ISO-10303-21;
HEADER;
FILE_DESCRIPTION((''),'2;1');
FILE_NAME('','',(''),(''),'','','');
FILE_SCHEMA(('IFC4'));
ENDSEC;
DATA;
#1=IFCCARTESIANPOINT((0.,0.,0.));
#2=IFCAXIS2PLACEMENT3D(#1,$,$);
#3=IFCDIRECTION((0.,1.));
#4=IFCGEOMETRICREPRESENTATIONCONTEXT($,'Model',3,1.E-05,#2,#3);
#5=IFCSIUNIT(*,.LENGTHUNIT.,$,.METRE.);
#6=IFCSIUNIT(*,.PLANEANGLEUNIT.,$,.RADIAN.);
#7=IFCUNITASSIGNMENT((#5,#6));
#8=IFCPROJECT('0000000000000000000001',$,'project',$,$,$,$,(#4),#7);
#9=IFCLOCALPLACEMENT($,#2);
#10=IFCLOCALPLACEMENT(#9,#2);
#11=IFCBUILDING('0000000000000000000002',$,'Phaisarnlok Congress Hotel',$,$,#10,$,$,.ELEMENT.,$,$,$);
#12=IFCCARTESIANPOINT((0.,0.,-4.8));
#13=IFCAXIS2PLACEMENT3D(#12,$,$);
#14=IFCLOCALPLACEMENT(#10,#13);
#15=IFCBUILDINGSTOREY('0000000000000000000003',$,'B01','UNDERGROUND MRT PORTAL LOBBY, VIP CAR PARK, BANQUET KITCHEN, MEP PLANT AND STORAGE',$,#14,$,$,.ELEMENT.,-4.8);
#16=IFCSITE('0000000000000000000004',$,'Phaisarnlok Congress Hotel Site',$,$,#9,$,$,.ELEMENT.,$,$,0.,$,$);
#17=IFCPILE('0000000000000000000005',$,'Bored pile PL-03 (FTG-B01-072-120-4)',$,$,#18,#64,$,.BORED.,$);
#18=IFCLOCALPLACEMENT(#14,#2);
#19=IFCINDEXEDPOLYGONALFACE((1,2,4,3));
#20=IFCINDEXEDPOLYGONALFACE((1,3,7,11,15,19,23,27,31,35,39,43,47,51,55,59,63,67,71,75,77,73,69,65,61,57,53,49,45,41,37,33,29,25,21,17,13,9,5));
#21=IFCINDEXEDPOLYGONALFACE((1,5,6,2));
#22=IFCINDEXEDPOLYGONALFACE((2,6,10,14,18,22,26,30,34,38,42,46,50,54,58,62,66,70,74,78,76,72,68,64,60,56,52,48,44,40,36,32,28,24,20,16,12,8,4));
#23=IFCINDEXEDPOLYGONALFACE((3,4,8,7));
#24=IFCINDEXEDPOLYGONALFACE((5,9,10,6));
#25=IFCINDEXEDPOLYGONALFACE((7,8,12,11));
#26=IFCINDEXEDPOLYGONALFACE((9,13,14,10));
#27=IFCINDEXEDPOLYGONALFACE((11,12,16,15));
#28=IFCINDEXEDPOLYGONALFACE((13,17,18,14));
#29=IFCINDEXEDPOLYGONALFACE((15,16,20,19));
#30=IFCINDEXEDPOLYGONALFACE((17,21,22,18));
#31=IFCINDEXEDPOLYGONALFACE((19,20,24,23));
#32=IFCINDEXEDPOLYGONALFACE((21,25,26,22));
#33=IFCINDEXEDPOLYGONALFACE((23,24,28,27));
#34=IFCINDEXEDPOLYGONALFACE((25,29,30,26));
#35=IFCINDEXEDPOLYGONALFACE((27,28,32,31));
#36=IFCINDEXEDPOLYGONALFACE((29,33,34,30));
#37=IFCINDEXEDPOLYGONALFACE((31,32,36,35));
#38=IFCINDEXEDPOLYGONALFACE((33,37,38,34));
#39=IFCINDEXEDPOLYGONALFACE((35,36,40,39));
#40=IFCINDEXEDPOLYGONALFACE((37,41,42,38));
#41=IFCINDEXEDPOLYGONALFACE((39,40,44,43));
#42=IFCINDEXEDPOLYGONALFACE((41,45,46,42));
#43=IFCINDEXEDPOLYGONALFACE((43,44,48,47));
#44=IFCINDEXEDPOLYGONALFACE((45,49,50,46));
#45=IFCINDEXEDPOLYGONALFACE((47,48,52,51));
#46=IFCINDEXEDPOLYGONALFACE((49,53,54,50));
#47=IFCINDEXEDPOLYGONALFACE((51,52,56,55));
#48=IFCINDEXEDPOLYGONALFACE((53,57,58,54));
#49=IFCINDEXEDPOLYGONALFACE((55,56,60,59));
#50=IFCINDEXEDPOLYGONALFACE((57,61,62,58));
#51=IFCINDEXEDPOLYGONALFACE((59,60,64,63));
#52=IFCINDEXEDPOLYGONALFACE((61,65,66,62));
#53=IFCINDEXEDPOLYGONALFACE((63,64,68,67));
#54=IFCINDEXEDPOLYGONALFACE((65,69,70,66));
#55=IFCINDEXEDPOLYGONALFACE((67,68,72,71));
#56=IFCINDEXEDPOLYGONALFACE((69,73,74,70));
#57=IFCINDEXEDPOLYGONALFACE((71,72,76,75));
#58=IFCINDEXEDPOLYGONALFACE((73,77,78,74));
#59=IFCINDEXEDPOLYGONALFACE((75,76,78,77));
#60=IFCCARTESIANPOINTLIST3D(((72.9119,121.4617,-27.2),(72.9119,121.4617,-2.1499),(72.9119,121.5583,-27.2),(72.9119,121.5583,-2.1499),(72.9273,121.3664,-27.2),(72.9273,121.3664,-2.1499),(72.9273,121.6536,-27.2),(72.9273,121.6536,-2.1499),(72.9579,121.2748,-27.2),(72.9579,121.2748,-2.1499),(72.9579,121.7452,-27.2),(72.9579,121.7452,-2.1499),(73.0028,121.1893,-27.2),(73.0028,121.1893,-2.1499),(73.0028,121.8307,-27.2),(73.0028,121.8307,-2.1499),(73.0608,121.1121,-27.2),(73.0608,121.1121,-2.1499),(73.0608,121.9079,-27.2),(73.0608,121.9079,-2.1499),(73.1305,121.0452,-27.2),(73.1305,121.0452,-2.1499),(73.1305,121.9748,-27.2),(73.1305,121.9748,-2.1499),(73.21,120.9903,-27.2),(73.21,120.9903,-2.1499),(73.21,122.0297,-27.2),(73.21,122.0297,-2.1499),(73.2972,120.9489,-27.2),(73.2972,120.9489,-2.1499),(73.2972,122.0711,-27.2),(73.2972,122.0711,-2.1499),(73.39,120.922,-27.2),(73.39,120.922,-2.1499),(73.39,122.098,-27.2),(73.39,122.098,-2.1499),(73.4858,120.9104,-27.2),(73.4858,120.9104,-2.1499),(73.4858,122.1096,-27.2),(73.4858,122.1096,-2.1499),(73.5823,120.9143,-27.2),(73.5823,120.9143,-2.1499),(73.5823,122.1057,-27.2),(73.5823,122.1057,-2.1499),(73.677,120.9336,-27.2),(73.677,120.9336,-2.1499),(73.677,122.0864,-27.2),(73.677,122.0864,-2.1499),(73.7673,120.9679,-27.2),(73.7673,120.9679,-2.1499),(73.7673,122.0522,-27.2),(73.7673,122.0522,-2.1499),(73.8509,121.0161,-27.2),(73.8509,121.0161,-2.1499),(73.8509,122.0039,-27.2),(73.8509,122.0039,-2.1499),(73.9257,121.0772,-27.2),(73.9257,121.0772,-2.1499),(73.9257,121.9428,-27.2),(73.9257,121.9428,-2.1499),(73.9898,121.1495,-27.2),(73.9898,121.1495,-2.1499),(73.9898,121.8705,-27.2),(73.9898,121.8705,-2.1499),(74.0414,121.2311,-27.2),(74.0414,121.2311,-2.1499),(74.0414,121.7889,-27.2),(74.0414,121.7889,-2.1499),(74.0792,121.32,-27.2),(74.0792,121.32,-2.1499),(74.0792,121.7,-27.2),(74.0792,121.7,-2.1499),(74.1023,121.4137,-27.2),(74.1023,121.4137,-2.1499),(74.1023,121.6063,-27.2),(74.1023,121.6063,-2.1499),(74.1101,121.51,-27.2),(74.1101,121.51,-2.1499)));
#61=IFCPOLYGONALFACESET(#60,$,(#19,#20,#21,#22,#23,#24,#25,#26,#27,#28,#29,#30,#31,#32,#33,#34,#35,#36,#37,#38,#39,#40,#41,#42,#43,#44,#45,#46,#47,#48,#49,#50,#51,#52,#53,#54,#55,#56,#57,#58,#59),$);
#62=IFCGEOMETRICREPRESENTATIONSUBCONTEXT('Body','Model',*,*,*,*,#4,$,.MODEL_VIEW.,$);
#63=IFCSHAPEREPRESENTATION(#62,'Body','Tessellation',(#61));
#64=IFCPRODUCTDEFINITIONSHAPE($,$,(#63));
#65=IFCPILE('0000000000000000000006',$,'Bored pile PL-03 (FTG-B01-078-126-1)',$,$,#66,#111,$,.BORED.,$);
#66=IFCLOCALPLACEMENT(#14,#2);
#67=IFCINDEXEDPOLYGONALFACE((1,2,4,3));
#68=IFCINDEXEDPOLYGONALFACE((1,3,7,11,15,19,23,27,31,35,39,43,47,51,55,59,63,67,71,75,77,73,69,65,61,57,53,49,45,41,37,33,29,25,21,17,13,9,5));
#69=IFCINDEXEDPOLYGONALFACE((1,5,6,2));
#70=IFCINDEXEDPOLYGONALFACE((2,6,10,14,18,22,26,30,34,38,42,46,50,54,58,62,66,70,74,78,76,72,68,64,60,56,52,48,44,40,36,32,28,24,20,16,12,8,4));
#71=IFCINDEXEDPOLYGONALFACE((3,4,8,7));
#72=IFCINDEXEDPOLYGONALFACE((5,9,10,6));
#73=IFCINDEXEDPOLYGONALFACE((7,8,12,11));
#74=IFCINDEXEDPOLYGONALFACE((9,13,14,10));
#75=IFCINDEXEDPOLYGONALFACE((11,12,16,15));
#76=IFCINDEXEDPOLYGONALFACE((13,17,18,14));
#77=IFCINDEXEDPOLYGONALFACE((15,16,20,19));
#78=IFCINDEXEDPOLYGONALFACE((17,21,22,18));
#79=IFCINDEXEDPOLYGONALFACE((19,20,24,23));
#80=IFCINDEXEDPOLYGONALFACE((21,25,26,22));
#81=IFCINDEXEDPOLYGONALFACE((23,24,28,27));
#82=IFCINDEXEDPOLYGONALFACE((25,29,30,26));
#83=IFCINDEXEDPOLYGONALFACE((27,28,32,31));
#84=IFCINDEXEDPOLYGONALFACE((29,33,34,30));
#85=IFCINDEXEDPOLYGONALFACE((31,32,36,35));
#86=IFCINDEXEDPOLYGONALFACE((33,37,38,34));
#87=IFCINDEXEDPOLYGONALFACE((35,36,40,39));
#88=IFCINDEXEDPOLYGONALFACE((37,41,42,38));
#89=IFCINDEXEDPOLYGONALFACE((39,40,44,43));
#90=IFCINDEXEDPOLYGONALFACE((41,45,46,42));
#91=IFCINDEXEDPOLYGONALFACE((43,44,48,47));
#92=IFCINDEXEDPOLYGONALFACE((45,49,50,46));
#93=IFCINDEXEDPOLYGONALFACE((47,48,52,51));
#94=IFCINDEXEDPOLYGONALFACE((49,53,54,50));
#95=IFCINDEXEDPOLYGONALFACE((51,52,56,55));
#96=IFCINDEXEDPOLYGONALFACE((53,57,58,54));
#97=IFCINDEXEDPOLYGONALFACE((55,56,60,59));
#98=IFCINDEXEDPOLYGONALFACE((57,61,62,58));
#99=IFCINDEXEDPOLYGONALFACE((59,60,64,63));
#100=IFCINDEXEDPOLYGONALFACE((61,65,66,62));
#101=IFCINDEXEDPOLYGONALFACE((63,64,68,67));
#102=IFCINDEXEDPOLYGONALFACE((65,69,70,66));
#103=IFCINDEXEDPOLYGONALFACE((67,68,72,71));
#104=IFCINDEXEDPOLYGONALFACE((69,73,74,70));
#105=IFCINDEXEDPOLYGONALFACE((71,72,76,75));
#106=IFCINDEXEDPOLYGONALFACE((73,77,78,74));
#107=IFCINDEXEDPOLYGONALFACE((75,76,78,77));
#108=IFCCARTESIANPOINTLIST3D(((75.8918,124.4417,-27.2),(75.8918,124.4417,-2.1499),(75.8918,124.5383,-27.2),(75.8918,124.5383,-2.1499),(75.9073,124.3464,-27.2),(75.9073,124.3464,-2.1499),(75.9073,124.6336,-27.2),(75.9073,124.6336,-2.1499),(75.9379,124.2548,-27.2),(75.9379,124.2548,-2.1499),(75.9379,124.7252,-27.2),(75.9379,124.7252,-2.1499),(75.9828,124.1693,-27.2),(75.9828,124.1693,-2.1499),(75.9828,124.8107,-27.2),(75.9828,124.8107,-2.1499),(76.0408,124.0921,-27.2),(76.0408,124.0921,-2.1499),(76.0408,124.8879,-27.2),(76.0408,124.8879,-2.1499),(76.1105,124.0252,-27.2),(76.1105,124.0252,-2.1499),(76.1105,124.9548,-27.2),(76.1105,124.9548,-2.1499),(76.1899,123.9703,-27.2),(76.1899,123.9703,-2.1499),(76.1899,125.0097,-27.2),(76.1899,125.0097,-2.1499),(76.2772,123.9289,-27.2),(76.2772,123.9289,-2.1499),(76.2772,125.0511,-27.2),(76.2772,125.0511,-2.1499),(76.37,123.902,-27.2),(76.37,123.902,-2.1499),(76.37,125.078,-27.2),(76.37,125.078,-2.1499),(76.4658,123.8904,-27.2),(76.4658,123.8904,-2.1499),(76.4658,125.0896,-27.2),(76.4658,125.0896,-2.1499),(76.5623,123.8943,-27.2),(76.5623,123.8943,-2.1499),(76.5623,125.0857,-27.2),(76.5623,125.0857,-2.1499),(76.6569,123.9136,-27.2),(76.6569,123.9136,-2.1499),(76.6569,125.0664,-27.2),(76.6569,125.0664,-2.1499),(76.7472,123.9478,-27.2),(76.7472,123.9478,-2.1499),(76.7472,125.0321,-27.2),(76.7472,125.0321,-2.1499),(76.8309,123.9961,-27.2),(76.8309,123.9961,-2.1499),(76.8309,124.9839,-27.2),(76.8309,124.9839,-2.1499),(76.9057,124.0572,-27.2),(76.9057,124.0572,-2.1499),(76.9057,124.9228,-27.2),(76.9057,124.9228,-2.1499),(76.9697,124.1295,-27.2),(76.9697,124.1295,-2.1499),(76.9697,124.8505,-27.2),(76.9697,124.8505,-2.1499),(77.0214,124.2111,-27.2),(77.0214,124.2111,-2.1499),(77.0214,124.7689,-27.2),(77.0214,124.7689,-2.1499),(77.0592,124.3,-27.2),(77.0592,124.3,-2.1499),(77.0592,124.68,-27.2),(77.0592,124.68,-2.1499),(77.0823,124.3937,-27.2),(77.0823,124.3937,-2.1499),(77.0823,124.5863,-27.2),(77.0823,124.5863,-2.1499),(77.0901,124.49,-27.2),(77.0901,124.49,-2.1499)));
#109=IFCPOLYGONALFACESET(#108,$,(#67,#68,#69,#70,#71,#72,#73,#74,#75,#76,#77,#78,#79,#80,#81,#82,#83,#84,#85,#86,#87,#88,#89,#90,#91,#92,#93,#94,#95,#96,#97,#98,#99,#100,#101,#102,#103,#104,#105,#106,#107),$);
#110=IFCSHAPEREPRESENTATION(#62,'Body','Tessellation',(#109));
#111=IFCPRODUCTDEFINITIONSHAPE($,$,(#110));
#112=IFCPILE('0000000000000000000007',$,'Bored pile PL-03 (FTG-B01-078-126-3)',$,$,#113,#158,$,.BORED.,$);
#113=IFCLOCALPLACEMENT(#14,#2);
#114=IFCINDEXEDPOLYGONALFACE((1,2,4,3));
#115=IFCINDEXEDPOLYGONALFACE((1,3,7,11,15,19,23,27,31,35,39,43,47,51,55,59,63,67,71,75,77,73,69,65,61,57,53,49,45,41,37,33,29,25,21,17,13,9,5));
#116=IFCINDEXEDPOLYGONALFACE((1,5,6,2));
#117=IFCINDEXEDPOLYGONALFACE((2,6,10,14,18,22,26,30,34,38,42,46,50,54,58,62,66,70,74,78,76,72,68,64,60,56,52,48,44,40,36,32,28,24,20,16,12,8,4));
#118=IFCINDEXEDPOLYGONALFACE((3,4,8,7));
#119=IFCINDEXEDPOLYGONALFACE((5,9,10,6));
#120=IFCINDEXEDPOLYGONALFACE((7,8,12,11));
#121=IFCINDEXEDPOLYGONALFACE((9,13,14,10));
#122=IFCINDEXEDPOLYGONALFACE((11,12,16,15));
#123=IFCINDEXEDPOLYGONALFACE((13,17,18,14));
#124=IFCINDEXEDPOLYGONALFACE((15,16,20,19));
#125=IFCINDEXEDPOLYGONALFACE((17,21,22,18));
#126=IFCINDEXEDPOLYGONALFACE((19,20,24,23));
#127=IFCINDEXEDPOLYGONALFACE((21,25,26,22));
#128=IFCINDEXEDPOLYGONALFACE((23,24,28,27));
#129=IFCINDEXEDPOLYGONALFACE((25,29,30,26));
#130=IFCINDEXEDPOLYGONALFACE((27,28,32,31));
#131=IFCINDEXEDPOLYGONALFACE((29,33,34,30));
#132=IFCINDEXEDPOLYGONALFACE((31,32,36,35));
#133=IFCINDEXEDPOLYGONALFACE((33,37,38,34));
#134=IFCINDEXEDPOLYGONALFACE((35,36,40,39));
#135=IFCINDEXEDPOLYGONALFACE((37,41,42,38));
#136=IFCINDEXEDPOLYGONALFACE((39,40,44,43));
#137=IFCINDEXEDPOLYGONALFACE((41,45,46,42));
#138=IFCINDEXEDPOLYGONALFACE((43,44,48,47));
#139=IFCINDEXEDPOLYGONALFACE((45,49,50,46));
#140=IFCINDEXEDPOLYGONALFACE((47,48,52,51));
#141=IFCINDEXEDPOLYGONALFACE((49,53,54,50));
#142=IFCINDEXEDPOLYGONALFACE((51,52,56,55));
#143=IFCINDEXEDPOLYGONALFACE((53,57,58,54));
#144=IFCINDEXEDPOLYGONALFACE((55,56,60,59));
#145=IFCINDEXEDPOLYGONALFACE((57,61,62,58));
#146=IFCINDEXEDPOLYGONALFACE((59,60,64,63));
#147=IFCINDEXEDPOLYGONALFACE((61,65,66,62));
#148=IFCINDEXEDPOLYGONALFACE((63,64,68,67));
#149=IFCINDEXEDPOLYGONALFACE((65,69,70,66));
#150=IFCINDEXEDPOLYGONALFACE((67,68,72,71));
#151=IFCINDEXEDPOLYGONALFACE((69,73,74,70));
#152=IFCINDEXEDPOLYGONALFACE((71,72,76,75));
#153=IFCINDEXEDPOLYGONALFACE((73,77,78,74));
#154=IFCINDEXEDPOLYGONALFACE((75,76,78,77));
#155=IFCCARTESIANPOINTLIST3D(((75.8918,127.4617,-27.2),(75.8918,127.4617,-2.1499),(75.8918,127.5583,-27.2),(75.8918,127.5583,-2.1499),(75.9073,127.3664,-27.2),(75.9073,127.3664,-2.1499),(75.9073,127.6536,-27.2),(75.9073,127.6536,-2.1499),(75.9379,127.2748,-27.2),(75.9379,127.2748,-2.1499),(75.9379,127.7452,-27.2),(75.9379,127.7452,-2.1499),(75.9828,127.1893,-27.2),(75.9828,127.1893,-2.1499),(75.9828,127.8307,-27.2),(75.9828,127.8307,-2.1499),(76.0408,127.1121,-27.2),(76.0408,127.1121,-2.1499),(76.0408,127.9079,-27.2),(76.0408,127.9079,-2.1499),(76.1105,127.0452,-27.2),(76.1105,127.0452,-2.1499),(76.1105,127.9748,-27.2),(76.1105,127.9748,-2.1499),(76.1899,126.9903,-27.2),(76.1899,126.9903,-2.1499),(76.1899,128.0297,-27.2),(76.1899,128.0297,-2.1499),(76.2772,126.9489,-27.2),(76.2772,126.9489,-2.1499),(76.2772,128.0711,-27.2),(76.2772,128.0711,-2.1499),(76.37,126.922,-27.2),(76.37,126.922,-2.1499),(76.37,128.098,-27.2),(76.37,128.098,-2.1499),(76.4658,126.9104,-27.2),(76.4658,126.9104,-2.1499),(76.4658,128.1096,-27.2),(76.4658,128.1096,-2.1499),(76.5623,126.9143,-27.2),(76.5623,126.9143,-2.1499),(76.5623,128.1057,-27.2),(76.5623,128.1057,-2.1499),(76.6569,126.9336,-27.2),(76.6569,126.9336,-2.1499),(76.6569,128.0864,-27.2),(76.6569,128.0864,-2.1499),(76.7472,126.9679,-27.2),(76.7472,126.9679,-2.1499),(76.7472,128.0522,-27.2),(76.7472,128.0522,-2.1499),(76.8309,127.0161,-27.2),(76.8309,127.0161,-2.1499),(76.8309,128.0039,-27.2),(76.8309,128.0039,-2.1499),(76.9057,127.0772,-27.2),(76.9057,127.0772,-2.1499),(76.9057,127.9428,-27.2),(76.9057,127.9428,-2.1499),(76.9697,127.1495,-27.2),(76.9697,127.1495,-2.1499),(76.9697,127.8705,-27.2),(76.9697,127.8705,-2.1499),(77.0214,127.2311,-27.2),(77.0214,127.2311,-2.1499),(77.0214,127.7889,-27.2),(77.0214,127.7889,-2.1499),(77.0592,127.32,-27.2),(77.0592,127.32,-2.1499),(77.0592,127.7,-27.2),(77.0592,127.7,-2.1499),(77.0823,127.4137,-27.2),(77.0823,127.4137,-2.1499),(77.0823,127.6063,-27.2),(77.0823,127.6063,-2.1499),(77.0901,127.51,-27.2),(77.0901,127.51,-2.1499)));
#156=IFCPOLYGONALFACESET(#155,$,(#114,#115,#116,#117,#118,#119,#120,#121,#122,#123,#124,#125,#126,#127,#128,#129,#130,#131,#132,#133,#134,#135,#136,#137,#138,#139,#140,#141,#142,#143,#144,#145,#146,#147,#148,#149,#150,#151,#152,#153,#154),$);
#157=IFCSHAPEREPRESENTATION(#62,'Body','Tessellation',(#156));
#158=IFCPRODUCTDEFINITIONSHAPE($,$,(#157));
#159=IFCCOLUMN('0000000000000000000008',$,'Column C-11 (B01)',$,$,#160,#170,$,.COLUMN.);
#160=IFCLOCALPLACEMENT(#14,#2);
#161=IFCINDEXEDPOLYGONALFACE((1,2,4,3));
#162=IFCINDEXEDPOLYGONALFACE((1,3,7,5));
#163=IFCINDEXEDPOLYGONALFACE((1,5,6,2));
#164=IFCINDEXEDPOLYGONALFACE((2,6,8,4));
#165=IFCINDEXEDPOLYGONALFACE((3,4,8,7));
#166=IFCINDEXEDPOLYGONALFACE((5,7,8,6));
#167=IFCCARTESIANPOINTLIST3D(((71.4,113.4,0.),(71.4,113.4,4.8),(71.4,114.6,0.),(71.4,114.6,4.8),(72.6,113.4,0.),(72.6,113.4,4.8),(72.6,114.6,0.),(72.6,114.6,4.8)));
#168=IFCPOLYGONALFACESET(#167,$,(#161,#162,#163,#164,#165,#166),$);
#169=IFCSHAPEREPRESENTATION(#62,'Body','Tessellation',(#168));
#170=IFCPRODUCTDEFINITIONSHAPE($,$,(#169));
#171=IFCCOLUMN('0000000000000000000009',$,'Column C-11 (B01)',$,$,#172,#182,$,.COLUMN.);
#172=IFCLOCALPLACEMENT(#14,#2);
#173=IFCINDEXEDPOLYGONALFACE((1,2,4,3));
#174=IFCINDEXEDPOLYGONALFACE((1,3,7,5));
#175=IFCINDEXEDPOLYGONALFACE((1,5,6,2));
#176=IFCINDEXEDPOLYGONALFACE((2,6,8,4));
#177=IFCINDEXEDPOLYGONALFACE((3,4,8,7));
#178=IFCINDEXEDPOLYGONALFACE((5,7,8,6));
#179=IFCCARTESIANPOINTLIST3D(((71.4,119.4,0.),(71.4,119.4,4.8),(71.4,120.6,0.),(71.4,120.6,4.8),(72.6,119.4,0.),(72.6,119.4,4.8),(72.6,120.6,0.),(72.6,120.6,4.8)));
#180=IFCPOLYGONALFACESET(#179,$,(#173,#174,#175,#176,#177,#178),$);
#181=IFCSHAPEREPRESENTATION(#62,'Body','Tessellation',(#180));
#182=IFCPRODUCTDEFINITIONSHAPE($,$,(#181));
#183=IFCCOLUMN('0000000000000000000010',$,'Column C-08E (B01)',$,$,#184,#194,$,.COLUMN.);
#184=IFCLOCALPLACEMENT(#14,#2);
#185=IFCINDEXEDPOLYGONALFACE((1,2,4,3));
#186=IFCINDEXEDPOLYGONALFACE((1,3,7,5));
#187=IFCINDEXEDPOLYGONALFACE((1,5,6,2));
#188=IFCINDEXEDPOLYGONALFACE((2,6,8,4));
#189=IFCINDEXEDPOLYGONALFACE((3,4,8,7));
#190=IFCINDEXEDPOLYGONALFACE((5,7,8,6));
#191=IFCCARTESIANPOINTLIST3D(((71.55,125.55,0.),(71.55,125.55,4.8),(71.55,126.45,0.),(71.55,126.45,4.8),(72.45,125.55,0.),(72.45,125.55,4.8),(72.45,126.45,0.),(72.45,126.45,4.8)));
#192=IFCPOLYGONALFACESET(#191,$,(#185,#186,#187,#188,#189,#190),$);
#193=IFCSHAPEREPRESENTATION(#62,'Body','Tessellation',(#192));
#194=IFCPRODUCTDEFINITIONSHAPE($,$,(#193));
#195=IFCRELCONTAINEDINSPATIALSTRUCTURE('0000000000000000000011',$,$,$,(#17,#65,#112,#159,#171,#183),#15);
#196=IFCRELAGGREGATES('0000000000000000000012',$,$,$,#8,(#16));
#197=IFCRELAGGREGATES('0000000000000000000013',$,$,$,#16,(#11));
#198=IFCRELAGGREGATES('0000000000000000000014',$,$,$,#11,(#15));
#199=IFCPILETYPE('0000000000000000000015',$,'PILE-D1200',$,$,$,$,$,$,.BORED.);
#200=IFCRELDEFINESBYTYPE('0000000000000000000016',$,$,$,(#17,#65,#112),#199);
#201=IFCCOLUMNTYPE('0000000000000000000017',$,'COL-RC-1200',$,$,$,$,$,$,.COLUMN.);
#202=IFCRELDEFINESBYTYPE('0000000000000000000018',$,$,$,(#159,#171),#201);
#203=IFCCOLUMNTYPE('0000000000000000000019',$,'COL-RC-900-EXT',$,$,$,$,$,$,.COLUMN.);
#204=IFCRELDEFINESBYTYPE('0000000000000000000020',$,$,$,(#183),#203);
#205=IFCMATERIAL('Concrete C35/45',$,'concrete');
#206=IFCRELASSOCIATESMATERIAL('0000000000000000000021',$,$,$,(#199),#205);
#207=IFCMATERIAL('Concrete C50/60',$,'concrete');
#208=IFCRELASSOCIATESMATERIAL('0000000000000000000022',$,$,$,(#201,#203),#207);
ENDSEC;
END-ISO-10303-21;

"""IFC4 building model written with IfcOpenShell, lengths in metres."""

from ifc_helpers import new_model, si_unit, direction, frame, origin, origin_2d, place, context, subcontext, project, spatial, rectangle, circle, extrude, material, material_profile, profile_set, type_object, element, save


model = new_model("IFC4")

# Units and contexts
model_context = context("Model", 3, precision=1e-05, world=origin(), true_north=direction((0.0, 1.0)))
body_context = subcontext(model_context, "Body", "Model", "MODEL_VIEW")
ifc_project = project(units=[si_unit("LENGTHUNIT", "METRE"), si_unit("PLANEANGLEUNIT", "RADIAN")], contexts=[model_context])

# Site, building, storey
site_placement = place(None, origin())
site = spatial("IfcSite", under=ifc_project, at=site_placement, Name="Phaisarnlok Congress Hotel Site", CompositionType="ELEMENT", RefElevation=0.0)
building_placement = place(site_placement, origin())
building = spatial("IfcBuilding", under=site, at=building_placement, Name="Phaisarnlok Congress Hotel", CompositionType="ELEMENT")
storey_placement = place(building_placement, frame((0.0, 0.0, -4.8)))
storey = spatial("IfcBuildingStorey", under=building, at=storey_placement, Name="B01", Description="UNDERGROUND MRT PORTAL LOBBY, VIP CAR PARK, BANQUET KITCHEN, MEP PLANT AND STORAGE", CompositionType="ELEMENT", Elevation=-4.8)

# Piles
ifc_material_1 = material(Name="Concrete C35/45", Category="concrete")
ifc_material_profile_1 = material_profile(ifc_material_1, circle(Radius=0.6001, at=origin_2d()), Name="BORED PILE D1200")
ifc_profile_set_1 = profile_set([ifc_material_profile_1], Name="Concrete C35/45")
pile_type_1 = type_object("IfcPileType", Name="PILE-D1200", PredefinedType="BORED", material=ifc_profile_set_1)
for number, where, z_axis, x_axis, name in (
    (1, (73.51, 121.51, -2.1499), (0.0, 0.0, -1.0), (1.0, 0.0, 0.0), "Bored pile PL-03 (FTG-B01-072-120-4)"),
    (2, (76.49, 124.49, -2.1499), (0.0, 0.0, -1.0), (1.0, 0.0, 0.0), "Bored pile PL-03 (FTG-B01-078-126-1)"),
    (3, (76.49, 127.51, -2.1499), (0.0, 0.0, -1.0), (1.0, 0.0, 0.0), "Bored pile PL-03 (FTG-B01-078-126-3)"),
):
    element("IfcPile", number, at=place(storey_placement, frame(where, z_axis=z_axis, x_axis=x_axis)), inside=storey, type_object=pile_type_1, Name=name, PredefinedType="BORED", context=body_context, shape_type="SweptSolid", body=[
        extrude(circle(Radius=0.6001, at=origin_2d()), origin(), (0.0, 0.0, 1.0), 25.05),
    ])

# Columns
ifc_material_2 = material(Name="Concrete C50/60", Category="concrete")
ifc_material_profile_2 = material_profile(ifc_material_2, rectangle(XDim=1.2, YDim=1.2, at=origin_2d()), Name="RC 1200x1200")
ifc_profile_set_2 = profile_set([ifc_material_profile_2], Name="Concrete C50/60")
column_type_1 = type_object("IfcColumnType", Name="COL-RC-1200", PredefinedType="COLUMN", material=ifc_profile_set_2)
for number, where, z_axis, x_axis, name in (
    (4, (72.0, 114.0, 0.0), (0.0, 0.0, 1.0), (1.0, 0.0, 0.0), "Column C-11 (B01)"),
    (5, (72.0, 120.0, 0.0), (0.0, 0.0, 1.0), (1.0, 0.0, 0.0), "Column C-11 (B01)"),
):
    element("IfcColumn", number, at=place(storey_placement, frame(where, z_axis=z_axis, x_axis=x_axis)), inside=storey, type_object=column_type_1, Name=name, PredefinedType="COLUMN", context=body_context, shape_type="SweptSolid", body=[
        extrude(rectangle(XDim=1.2, YDim=1.2, at=origin_2d()), origin(), (0.0, 0.0, 1.0), 4.8),
    ])
ifc_material_profile_3 = material_profile(ifc_material_2, rectangle(XDim=0.8999, YDim=0.8999, at=origin_2d()), Name="RC 900x900")
ifc_profile_set_3 = profile_set([ifc_material_profile_3], Name="Concrete C50/60")
column_type_2 = type_object("IfcColumnType", Name="COL-RC-900-EXT", PredefinedType="COLUMN", material=ifc_profile_set_3)
column_placement = place(storey_placement, frame((72.0, 126.0, 0.0), z_axis=(0.0, 0.0, 1.0), x_axis=(1.0, 0.0, 0.0)))
element("IfcColumn", 6, at=column_placement, inside=storey, type_object=column_type_2, Name="Column C-08E (B01)", PredefinedType="COLUMN", context=body_context, shape_type="SweptSolid", body=[
    extrude(rectangle(XDim=0.8999, YDim=0.8999, at=origin_2d()), origin(), (0.0, 0.0, 1.0), 4.8),
])

save(model, "model.ifc")
